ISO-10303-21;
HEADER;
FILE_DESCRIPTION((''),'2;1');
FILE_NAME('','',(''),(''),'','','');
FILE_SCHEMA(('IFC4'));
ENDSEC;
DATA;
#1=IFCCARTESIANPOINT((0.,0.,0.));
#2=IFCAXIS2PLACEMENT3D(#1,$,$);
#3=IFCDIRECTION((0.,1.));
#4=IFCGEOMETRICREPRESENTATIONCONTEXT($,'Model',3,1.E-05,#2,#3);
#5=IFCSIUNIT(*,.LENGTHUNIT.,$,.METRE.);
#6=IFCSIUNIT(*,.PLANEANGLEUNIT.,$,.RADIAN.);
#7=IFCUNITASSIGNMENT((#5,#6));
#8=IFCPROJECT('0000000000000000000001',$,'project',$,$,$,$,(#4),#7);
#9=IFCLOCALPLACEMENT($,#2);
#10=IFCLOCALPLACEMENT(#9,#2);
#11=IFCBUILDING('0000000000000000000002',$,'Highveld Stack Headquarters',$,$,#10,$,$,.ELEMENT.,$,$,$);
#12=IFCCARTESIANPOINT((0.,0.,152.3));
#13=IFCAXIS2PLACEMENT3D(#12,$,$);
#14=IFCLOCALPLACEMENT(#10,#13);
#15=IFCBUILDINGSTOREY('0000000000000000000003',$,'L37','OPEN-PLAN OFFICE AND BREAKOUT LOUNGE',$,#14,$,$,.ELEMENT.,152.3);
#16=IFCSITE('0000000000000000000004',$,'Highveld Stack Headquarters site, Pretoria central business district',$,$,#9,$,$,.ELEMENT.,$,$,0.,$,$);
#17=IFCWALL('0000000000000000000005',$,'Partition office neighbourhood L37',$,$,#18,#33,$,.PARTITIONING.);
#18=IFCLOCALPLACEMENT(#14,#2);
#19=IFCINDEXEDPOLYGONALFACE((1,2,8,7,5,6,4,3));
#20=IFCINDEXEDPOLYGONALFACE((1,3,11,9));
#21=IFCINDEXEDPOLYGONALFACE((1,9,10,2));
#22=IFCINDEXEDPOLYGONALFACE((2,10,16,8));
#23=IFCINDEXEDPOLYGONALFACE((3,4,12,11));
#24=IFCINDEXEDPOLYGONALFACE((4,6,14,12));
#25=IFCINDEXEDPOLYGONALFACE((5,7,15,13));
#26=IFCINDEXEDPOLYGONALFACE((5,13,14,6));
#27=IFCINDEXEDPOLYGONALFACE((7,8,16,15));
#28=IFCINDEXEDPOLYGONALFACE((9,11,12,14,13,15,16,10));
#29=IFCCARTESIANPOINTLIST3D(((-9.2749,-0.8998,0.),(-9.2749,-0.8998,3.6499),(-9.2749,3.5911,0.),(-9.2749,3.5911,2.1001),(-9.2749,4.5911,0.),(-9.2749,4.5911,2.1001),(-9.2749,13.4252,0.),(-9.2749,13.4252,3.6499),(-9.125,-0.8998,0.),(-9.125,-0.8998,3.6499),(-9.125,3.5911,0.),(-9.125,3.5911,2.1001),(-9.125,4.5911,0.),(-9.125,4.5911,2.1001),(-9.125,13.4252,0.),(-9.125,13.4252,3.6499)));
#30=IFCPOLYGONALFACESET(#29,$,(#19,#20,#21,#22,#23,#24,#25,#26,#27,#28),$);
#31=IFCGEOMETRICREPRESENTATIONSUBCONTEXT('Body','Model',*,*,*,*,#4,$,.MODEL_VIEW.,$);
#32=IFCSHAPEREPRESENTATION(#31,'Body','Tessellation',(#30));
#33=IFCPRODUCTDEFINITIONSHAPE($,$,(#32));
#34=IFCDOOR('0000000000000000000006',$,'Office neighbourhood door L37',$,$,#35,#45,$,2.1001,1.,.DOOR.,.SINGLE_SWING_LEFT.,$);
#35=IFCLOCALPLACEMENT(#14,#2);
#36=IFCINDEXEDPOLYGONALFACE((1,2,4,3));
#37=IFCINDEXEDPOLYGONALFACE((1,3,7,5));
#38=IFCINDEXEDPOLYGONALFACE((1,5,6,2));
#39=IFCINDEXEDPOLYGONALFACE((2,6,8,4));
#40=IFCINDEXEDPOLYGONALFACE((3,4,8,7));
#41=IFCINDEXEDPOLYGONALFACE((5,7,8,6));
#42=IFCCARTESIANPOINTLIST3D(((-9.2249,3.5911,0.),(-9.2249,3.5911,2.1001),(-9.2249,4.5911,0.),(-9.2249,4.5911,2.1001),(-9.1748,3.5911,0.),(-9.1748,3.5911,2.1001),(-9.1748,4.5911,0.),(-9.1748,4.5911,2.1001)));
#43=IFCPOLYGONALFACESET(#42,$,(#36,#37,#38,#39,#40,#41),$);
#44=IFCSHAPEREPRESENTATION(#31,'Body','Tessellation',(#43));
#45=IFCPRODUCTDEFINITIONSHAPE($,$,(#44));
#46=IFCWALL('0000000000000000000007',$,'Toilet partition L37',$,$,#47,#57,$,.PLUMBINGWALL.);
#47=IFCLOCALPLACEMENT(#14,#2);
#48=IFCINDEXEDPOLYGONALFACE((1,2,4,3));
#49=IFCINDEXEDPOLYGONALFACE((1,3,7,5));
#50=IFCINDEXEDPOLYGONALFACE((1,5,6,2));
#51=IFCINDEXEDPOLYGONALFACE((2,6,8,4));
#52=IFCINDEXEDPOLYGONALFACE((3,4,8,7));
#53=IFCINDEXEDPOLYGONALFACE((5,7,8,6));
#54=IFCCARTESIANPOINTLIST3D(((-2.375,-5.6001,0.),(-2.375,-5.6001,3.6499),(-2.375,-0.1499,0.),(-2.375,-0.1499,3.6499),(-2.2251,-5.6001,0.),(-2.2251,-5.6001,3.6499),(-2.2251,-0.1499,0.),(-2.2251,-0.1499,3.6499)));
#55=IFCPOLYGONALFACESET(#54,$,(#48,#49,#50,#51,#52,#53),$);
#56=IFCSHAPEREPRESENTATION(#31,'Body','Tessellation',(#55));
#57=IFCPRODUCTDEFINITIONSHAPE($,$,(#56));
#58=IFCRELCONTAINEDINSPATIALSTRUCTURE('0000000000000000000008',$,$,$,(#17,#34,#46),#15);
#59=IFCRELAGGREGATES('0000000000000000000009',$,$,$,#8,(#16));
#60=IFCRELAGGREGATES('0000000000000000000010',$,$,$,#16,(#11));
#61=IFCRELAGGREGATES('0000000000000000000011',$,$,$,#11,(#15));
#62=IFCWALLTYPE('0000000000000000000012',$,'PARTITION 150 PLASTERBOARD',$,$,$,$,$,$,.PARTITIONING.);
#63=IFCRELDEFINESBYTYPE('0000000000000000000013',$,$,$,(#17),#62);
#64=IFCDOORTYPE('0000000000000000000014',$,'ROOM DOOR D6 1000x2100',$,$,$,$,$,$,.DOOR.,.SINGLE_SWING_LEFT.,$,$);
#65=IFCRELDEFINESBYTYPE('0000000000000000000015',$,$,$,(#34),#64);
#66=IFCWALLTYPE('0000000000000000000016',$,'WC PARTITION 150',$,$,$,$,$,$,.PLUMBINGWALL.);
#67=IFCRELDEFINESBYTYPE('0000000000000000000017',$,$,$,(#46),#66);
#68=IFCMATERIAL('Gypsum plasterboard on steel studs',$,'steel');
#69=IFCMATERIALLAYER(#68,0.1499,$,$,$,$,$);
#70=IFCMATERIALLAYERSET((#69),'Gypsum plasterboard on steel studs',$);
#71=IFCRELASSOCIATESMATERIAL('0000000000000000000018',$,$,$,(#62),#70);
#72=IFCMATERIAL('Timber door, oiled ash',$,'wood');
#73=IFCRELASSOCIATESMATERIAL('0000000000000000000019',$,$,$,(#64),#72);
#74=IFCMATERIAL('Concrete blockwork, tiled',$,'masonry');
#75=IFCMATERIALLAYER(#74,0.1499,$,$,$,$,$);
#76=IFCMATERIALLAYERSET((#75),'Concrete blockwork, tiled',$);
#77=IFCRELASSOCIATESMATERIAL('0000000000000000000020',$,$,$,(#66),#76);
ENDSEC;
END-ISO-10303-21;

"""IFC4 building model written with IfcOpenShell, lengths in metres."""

from ifc_helpers import new_model, si_unit, direction, frame, frame_2d, origin, place, context, subcontext, project, spatial, rectangle, extrude, material, layer, layer_set, type_object, element, fill, save


model = new_model("IFC4")

# Units and contexts
model_context = context("Model", 3, precision=1e-05, world=origin(), true_north=direction((0.0, 1.0)))
body_context = subcontext(model_context, "Body", "Model", "MODEL_VIEW")
ifc_project = project(units=[si_unit("LENGTHUNIT", "METRE"), si_unit("PLANEANGLEUNIT", "RADIAN")], contexts=[model_context])

# Site, building, storey
site_placement = place(None, origin())
site = spatial("IfcSite", under=ifc_project, at=site_placement, Name="Highveld Stack Headquarters site, Pretoria central business district", CompositionType="ELEMENT", RefElevation=0.0)
building_placement = place(site_placement, origin())
building = spatial("IfcBuilding", under=site, at=building_placement, Name="Highveld Stack Headquarters", CompositionType="ELEMENT")
storey_placement = place(building_placement, frame((0.0, 0.0, 152.3)))
storey = spatial("IfcBuildingStorey", under=building, at=storey_placement, Name="L37", Description="OPEN-PLAN OFFICE AND BREAKOUT LOUNGE", CompositionType="ELEMENT", Elevation=152.3)

# Wall, opening, door
ifc_material_1 = material(Name="Gypsum plasterboard on steel studs", Category="steel")
ifc_layer_1 = layer(ifc_material_1, 0.1499)
ifc_layer_set_1 = layer_set([ifc_layer_1], Name="Gypsum plasterboard on steel studs")
wall_type_1 = type_object("IfcWallType", Name="PARTITION 150 PLASTERBOARD", PredefinedType="PARTITIONING", material=ifc_layer_set_1)
wall_1_placement = place(storey_placement, frame((-9.2, -0.8999, 0.0), z_axis=(0.0, 0.0, 1.0), x_axis=(0.0, 1.0, 0.0)))
wall_1 = element("IfcWall", 1, at=wall_1_placement, inside=storey, type_object=wall_type_1, Name="Partition office neighbourhood L37", PredefinedType="PARTITIONING", context=body_context, shape_type="SweptSolid", body=[
    extrude(rectangle(XDim=14.325, YDim=0.1499, at=frame_2d((7.1626, 0.0))), origin(), (0.0, 0.0, 1.0), 3.6499),
])
opening_1_placement = place(wall_1_placement, frame((4.491, 0.0, 0.0)))
opening_1 = element("IfcOpeningElement", 2, at=opening_1_placement, cuts=wall_1, PredefinedType="OPENING", context=body_context, shape_type="SweptSolid", body=[
    extrude(rectangle(XDim=1.0, YDim=2.1001, at=frame_2d((0.5, 1.05))), frame((0.0, 0.085, 0.0), z_axis=(0.0, -1.0, 0.0), x_axis=(1.0, 0.0, 0.0)), (0.0, 0.0, 1.0), 0.1699),
])
ifc_material_2 = material(Name="Timber door, oiled ash", Category="wood")
door_type_1 = type_object("IfcDoorType", Name="ROOM DOOR D6 1000x2100", OperationType="SINGLE_SWING_LEFT", PredefinedType="DOOR", material=ifc_material_2)
door_1_placement = place(opening_1_placement, origin())
door_1 = element("IfcDoor", 3, at=door_1_placement, inside=storey, type_object=door_type_1, Name="Office neighbourhood door L37", OperationType="SINGLE_SWING_LEFT", OverallHeight=2.1001, OverallWidth=1.0, PredefinedType="DOOR", context=body_context, shape_type="SweptSolid", body=[
    extrude(rectangle(XDim=1.0, YDim=2.1001, at=frame_2d((0.5, 1.05))), frame((0.0, 0.0249, 0.0), z_axis=(0.0, -1.0, 0.0), x_axis=(1.0, 0.0, 0.0)), (0.0, 0.0, 1.0), 0.05),
])
fill(opening_1, door_1)

# Wall
ifc_material_3 = material(Name="Concrete blockwork, tiled", Category="masonry")
ifc_layer_2 = layer(ifc_material_3, 0.1499)
ifc_layer_set_2 = layer_set([ifc_layer_2], Name="Concrete blockwork, tiled")
wall_type_2 = type_object("IfcWallType", Name="WC PARTITION 150", PredefinedType="PLUMBINGWALL", material=ifc_layer_set_2)
wall_2_placement = place(storey_placement, frame((-2.3, -5.6001, 0.0), z_axis=(0.0, 0.0, 1.0), x_axis=(0.0, 1.0, 0.0)))
element("IfcWall", 4, at=wall_2_placement, inside=storey, type_object=wall_type_2, Name="Toilet partition L37", PredefinedType="PLUMBINGWALL", context=body_context, shape_type="SweptSolid", body=[
    extrude(rectangle(XDim=5.4502, YDim=0.1499, at=frame_2d((2.7251, 0.0))), origin(), (0.0, 0.0, 1.0), 3.6499),
])

save(model, "model.ifc")
